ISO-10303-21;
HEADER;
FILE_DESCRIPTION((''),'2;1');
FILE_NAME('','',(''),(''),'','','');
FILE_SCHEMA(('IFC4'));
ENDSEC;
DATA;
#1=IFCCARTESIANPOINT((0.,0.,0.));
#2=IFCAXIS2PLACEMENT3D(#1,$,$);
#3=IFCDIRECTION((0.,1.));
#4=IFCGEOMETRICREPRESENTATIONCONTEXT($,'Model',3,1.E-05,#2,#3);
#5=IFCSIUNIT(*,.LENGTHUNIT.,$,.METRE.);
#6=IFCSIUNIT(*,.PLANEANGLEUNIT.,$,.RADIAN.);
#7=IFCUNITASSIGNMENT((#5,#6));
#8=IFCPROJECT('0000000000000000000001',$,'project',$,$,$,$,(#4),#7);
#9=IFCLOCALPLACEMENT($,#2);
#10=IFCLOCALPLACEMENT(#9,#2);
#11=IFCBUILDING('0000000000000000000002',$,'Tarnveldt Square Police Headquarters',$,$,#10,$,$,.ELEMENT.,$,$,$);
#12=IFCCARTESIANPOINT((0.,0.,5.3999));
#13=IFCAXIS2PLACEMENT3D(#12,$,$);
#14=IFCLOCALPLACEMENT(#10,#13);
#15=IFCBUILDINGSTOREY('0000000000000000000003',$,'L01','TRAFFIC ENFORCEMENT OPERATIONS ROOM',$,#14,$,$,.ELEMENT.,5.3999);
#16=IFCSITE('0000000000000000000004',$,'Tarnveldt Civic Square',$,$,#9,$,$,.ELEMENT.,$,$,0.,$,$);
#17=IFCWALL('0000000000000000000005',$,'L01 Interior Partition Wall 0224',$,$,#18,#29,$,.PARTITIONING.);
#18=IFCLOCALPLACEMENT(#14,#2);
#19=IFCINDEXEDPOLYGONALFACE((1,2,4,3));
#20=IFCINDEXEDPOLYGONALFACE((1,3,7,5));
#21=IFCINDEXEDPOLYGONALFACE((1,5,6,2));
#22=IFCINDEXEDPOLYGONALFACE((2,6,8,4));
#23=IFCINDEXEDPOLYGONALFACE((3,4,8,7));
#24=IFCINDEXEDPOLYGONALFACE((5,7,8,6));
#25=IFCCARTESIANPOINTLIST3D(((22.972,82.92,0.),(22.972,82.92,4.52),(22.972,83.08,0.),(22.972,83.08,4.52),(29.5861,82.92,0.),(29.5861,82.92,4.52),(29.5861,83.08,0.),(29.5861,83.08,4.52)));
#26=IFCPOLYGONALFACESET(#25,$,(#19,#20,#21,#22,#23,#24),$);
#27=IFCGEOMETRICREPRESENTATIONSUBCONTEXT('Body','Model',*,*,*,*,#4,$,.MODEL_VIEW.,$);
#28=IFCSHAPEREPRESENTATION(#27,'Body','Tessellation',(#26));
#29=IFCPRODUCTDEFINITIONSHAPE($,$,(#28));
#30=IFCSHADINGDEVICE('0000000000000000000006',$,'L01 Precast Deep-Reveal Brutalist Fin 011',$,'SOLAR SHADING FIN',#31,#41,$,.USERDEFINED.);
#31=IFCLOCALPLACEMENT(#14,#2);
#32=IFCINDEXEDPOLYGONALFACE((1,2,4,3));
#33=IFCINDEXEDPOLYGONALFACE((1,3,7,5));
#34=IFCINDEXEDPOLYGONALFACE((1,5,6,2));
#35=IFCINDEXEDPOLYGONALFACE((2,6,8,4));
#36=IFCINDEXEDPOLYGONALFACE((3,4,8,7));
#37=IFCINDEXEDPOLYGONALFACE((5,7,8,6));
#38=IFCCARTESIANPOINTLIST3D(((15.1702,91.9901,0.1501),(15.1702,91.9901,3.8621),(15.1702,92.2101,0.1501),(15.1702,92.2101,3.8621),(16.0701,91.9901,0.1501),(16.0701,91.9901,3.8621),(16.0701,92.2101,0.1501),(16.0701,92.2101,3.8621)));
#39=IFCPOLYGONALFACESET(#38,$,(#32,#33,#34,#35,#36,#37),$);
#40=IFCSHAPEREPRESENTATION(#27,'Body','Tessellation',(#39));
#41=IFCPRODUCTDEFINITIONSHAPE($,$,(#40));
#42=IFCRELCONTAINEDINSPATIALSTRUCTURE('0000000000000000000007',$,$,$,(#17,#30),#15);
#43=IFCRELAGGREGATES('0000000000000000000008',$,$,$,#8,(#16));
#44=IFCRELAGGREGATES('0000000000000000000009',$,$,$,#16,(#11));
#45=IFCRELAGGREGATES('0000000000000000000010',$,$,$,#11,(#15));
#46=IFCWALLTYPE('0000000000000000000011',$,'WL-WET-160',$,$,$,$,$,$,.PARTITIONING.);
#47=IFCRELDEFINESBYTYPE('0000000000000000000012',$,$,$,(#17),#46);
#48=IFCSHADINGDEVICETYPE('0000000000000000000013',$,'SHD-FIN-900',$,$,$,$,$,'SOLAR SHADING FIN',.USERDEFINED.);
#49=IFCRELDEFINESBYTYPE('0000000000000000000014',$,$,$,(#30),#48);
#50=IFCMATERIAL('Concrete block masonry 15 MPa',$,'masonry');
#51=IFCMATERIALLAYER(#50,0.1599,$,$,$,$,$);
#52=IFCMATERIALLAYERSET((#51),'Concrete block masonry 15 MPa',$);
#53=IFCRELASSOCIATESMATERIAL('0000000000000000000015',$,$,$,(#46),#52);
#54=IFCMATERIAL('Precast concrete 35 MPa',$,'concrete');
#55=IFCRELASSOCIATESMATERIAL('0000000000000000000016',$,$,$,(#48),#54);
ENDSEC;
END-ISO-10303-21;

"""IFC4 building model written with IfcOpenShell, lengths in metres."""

from ifc_helpers import new_model, si_unit, direction, frame, frame_2d, origin, origin_2d, place, context, subcontext, project, spatial, rectangle, extrude, material, layer, layer_set, material_profile, profile_set, type_object, element, save


model = new_model("IFC4")

# Units and contexts
model_context = context("Model", 3, precision=1e-05, world=origin(), true_north=direction((0.0, 1.0)))
body_context = subcontext(model_context, "Body", "Model", "MODEL_VIEW")
ifc_project = project(units=[si_unit("LENGTHUNIT", "METRE"), si_unit("PLANEANGLEUNIT", "RADIAN")], contexts=[model_context])

# Site, building, storey
site_placement = place(None, origin())
site = spatial("IfcSite", under=ifc_project, at=site_placement, Name="Tarnveldt Civic Square", CompositionType="ELEMENT", RefElevation=0.0)
building_placement = place(site_placement, origin())
building = spatial("IfcBuilding", under=site, at=building_placement, Name="Tarnveldt Square Police Headquarters", CompositionType="ELEMENT")
storey_placement = place(building_placement, frame((0.0, 0.0, 5.3999)))
storey = spatial("IfcBuildingStorey", under=building, at=storey_placement, Name="L01", Description="TRAFFIC ENFORCEMENT OPERATIONS ROOM", CompositionType="ELEMENT", Elevation=5.3999)

# Wall
ifc_material_1 = material(Name="Concrete block masonry 15 MPa", Category="masonry")
ifc_layer_1 = layer(ifc_material_1, 0.1599)
ifc_layer_set_1 = layer_set([ifc_layer_1], Name="Concrete block masonry 15 MPa")
wall_type_1 = type_object("IfcWallType", Name="WL-WET-160", PredefinedType="PARTITIONING", material=ifc_layer_set_1)
for number, where, z_axis, x_axis, name in (
    (1, (22.9719, 83.0, 0.0), (0.0, 0.0, 1.0), (1.0, 0.0, 0.0), "L01 Interior Partition Wall 0224"),
):
    element("IfcWall", number, at=place(storey_placement, frame(where, z_axis=z_axis, x_axis=x_axis)), inside=storey, type_object=wall_type_1, Name=name, PredefinedType="PARTITIONING", context=body_context, shape_type="SweptSolid", body=[
        extrude(rectangle(XDim=6.614, YDim=0.1599, at=frame_2d((3.3071, 0.0))), origin(), (0.0, 0.0, 1.0), 4.52),
    ])

# Shading device
ifc_material_2 = material(Name="Precast concrete 35 MPa", Category="concrete")
ifc_material_profile_1 = material_profile(ifc_material_2, rectangle(XDim=0.22, YDim=0.8999, at=origin_2d()), Name="PC-FIN220x900")
ifc_profile_set_1 = profile_set([ifc_material_profile_1], Name="Precast concrete 35 MPa")
shading_device_type = type_object("IfcShadingDeviceType", Name="SHD-FIN-900", ElementType="SOLAR SHADING FIN", PredefinedType="USERDEFINED", material=ifc_profile_set_1)
shading_device_placement = place(storey_placement, frame((15.6201, 92.1001, 0.1501), z_axis=(0.0, 0.0, 1.0), x_axis=(0.0, -1.0, 0.0)))
element("IfcShadingDevice", 2, at=shading_device_placement, inside=storey, type_object=shading_device_type, Name="L01 Precast Deep-Reveal Brutalist Fin 011", ObjectType="SOLAR SHADING FIN", PredefinedType="USERDEFINED", context=body_context, shape_type="SweptSolid", body=[
    extrude(rectangle(XDim=0.22, YDim=0.8999, at=origin_2d()), origin(), (0.0, 0.0, 1.0), 3.7119),
])

save(model, "model.ifc")
